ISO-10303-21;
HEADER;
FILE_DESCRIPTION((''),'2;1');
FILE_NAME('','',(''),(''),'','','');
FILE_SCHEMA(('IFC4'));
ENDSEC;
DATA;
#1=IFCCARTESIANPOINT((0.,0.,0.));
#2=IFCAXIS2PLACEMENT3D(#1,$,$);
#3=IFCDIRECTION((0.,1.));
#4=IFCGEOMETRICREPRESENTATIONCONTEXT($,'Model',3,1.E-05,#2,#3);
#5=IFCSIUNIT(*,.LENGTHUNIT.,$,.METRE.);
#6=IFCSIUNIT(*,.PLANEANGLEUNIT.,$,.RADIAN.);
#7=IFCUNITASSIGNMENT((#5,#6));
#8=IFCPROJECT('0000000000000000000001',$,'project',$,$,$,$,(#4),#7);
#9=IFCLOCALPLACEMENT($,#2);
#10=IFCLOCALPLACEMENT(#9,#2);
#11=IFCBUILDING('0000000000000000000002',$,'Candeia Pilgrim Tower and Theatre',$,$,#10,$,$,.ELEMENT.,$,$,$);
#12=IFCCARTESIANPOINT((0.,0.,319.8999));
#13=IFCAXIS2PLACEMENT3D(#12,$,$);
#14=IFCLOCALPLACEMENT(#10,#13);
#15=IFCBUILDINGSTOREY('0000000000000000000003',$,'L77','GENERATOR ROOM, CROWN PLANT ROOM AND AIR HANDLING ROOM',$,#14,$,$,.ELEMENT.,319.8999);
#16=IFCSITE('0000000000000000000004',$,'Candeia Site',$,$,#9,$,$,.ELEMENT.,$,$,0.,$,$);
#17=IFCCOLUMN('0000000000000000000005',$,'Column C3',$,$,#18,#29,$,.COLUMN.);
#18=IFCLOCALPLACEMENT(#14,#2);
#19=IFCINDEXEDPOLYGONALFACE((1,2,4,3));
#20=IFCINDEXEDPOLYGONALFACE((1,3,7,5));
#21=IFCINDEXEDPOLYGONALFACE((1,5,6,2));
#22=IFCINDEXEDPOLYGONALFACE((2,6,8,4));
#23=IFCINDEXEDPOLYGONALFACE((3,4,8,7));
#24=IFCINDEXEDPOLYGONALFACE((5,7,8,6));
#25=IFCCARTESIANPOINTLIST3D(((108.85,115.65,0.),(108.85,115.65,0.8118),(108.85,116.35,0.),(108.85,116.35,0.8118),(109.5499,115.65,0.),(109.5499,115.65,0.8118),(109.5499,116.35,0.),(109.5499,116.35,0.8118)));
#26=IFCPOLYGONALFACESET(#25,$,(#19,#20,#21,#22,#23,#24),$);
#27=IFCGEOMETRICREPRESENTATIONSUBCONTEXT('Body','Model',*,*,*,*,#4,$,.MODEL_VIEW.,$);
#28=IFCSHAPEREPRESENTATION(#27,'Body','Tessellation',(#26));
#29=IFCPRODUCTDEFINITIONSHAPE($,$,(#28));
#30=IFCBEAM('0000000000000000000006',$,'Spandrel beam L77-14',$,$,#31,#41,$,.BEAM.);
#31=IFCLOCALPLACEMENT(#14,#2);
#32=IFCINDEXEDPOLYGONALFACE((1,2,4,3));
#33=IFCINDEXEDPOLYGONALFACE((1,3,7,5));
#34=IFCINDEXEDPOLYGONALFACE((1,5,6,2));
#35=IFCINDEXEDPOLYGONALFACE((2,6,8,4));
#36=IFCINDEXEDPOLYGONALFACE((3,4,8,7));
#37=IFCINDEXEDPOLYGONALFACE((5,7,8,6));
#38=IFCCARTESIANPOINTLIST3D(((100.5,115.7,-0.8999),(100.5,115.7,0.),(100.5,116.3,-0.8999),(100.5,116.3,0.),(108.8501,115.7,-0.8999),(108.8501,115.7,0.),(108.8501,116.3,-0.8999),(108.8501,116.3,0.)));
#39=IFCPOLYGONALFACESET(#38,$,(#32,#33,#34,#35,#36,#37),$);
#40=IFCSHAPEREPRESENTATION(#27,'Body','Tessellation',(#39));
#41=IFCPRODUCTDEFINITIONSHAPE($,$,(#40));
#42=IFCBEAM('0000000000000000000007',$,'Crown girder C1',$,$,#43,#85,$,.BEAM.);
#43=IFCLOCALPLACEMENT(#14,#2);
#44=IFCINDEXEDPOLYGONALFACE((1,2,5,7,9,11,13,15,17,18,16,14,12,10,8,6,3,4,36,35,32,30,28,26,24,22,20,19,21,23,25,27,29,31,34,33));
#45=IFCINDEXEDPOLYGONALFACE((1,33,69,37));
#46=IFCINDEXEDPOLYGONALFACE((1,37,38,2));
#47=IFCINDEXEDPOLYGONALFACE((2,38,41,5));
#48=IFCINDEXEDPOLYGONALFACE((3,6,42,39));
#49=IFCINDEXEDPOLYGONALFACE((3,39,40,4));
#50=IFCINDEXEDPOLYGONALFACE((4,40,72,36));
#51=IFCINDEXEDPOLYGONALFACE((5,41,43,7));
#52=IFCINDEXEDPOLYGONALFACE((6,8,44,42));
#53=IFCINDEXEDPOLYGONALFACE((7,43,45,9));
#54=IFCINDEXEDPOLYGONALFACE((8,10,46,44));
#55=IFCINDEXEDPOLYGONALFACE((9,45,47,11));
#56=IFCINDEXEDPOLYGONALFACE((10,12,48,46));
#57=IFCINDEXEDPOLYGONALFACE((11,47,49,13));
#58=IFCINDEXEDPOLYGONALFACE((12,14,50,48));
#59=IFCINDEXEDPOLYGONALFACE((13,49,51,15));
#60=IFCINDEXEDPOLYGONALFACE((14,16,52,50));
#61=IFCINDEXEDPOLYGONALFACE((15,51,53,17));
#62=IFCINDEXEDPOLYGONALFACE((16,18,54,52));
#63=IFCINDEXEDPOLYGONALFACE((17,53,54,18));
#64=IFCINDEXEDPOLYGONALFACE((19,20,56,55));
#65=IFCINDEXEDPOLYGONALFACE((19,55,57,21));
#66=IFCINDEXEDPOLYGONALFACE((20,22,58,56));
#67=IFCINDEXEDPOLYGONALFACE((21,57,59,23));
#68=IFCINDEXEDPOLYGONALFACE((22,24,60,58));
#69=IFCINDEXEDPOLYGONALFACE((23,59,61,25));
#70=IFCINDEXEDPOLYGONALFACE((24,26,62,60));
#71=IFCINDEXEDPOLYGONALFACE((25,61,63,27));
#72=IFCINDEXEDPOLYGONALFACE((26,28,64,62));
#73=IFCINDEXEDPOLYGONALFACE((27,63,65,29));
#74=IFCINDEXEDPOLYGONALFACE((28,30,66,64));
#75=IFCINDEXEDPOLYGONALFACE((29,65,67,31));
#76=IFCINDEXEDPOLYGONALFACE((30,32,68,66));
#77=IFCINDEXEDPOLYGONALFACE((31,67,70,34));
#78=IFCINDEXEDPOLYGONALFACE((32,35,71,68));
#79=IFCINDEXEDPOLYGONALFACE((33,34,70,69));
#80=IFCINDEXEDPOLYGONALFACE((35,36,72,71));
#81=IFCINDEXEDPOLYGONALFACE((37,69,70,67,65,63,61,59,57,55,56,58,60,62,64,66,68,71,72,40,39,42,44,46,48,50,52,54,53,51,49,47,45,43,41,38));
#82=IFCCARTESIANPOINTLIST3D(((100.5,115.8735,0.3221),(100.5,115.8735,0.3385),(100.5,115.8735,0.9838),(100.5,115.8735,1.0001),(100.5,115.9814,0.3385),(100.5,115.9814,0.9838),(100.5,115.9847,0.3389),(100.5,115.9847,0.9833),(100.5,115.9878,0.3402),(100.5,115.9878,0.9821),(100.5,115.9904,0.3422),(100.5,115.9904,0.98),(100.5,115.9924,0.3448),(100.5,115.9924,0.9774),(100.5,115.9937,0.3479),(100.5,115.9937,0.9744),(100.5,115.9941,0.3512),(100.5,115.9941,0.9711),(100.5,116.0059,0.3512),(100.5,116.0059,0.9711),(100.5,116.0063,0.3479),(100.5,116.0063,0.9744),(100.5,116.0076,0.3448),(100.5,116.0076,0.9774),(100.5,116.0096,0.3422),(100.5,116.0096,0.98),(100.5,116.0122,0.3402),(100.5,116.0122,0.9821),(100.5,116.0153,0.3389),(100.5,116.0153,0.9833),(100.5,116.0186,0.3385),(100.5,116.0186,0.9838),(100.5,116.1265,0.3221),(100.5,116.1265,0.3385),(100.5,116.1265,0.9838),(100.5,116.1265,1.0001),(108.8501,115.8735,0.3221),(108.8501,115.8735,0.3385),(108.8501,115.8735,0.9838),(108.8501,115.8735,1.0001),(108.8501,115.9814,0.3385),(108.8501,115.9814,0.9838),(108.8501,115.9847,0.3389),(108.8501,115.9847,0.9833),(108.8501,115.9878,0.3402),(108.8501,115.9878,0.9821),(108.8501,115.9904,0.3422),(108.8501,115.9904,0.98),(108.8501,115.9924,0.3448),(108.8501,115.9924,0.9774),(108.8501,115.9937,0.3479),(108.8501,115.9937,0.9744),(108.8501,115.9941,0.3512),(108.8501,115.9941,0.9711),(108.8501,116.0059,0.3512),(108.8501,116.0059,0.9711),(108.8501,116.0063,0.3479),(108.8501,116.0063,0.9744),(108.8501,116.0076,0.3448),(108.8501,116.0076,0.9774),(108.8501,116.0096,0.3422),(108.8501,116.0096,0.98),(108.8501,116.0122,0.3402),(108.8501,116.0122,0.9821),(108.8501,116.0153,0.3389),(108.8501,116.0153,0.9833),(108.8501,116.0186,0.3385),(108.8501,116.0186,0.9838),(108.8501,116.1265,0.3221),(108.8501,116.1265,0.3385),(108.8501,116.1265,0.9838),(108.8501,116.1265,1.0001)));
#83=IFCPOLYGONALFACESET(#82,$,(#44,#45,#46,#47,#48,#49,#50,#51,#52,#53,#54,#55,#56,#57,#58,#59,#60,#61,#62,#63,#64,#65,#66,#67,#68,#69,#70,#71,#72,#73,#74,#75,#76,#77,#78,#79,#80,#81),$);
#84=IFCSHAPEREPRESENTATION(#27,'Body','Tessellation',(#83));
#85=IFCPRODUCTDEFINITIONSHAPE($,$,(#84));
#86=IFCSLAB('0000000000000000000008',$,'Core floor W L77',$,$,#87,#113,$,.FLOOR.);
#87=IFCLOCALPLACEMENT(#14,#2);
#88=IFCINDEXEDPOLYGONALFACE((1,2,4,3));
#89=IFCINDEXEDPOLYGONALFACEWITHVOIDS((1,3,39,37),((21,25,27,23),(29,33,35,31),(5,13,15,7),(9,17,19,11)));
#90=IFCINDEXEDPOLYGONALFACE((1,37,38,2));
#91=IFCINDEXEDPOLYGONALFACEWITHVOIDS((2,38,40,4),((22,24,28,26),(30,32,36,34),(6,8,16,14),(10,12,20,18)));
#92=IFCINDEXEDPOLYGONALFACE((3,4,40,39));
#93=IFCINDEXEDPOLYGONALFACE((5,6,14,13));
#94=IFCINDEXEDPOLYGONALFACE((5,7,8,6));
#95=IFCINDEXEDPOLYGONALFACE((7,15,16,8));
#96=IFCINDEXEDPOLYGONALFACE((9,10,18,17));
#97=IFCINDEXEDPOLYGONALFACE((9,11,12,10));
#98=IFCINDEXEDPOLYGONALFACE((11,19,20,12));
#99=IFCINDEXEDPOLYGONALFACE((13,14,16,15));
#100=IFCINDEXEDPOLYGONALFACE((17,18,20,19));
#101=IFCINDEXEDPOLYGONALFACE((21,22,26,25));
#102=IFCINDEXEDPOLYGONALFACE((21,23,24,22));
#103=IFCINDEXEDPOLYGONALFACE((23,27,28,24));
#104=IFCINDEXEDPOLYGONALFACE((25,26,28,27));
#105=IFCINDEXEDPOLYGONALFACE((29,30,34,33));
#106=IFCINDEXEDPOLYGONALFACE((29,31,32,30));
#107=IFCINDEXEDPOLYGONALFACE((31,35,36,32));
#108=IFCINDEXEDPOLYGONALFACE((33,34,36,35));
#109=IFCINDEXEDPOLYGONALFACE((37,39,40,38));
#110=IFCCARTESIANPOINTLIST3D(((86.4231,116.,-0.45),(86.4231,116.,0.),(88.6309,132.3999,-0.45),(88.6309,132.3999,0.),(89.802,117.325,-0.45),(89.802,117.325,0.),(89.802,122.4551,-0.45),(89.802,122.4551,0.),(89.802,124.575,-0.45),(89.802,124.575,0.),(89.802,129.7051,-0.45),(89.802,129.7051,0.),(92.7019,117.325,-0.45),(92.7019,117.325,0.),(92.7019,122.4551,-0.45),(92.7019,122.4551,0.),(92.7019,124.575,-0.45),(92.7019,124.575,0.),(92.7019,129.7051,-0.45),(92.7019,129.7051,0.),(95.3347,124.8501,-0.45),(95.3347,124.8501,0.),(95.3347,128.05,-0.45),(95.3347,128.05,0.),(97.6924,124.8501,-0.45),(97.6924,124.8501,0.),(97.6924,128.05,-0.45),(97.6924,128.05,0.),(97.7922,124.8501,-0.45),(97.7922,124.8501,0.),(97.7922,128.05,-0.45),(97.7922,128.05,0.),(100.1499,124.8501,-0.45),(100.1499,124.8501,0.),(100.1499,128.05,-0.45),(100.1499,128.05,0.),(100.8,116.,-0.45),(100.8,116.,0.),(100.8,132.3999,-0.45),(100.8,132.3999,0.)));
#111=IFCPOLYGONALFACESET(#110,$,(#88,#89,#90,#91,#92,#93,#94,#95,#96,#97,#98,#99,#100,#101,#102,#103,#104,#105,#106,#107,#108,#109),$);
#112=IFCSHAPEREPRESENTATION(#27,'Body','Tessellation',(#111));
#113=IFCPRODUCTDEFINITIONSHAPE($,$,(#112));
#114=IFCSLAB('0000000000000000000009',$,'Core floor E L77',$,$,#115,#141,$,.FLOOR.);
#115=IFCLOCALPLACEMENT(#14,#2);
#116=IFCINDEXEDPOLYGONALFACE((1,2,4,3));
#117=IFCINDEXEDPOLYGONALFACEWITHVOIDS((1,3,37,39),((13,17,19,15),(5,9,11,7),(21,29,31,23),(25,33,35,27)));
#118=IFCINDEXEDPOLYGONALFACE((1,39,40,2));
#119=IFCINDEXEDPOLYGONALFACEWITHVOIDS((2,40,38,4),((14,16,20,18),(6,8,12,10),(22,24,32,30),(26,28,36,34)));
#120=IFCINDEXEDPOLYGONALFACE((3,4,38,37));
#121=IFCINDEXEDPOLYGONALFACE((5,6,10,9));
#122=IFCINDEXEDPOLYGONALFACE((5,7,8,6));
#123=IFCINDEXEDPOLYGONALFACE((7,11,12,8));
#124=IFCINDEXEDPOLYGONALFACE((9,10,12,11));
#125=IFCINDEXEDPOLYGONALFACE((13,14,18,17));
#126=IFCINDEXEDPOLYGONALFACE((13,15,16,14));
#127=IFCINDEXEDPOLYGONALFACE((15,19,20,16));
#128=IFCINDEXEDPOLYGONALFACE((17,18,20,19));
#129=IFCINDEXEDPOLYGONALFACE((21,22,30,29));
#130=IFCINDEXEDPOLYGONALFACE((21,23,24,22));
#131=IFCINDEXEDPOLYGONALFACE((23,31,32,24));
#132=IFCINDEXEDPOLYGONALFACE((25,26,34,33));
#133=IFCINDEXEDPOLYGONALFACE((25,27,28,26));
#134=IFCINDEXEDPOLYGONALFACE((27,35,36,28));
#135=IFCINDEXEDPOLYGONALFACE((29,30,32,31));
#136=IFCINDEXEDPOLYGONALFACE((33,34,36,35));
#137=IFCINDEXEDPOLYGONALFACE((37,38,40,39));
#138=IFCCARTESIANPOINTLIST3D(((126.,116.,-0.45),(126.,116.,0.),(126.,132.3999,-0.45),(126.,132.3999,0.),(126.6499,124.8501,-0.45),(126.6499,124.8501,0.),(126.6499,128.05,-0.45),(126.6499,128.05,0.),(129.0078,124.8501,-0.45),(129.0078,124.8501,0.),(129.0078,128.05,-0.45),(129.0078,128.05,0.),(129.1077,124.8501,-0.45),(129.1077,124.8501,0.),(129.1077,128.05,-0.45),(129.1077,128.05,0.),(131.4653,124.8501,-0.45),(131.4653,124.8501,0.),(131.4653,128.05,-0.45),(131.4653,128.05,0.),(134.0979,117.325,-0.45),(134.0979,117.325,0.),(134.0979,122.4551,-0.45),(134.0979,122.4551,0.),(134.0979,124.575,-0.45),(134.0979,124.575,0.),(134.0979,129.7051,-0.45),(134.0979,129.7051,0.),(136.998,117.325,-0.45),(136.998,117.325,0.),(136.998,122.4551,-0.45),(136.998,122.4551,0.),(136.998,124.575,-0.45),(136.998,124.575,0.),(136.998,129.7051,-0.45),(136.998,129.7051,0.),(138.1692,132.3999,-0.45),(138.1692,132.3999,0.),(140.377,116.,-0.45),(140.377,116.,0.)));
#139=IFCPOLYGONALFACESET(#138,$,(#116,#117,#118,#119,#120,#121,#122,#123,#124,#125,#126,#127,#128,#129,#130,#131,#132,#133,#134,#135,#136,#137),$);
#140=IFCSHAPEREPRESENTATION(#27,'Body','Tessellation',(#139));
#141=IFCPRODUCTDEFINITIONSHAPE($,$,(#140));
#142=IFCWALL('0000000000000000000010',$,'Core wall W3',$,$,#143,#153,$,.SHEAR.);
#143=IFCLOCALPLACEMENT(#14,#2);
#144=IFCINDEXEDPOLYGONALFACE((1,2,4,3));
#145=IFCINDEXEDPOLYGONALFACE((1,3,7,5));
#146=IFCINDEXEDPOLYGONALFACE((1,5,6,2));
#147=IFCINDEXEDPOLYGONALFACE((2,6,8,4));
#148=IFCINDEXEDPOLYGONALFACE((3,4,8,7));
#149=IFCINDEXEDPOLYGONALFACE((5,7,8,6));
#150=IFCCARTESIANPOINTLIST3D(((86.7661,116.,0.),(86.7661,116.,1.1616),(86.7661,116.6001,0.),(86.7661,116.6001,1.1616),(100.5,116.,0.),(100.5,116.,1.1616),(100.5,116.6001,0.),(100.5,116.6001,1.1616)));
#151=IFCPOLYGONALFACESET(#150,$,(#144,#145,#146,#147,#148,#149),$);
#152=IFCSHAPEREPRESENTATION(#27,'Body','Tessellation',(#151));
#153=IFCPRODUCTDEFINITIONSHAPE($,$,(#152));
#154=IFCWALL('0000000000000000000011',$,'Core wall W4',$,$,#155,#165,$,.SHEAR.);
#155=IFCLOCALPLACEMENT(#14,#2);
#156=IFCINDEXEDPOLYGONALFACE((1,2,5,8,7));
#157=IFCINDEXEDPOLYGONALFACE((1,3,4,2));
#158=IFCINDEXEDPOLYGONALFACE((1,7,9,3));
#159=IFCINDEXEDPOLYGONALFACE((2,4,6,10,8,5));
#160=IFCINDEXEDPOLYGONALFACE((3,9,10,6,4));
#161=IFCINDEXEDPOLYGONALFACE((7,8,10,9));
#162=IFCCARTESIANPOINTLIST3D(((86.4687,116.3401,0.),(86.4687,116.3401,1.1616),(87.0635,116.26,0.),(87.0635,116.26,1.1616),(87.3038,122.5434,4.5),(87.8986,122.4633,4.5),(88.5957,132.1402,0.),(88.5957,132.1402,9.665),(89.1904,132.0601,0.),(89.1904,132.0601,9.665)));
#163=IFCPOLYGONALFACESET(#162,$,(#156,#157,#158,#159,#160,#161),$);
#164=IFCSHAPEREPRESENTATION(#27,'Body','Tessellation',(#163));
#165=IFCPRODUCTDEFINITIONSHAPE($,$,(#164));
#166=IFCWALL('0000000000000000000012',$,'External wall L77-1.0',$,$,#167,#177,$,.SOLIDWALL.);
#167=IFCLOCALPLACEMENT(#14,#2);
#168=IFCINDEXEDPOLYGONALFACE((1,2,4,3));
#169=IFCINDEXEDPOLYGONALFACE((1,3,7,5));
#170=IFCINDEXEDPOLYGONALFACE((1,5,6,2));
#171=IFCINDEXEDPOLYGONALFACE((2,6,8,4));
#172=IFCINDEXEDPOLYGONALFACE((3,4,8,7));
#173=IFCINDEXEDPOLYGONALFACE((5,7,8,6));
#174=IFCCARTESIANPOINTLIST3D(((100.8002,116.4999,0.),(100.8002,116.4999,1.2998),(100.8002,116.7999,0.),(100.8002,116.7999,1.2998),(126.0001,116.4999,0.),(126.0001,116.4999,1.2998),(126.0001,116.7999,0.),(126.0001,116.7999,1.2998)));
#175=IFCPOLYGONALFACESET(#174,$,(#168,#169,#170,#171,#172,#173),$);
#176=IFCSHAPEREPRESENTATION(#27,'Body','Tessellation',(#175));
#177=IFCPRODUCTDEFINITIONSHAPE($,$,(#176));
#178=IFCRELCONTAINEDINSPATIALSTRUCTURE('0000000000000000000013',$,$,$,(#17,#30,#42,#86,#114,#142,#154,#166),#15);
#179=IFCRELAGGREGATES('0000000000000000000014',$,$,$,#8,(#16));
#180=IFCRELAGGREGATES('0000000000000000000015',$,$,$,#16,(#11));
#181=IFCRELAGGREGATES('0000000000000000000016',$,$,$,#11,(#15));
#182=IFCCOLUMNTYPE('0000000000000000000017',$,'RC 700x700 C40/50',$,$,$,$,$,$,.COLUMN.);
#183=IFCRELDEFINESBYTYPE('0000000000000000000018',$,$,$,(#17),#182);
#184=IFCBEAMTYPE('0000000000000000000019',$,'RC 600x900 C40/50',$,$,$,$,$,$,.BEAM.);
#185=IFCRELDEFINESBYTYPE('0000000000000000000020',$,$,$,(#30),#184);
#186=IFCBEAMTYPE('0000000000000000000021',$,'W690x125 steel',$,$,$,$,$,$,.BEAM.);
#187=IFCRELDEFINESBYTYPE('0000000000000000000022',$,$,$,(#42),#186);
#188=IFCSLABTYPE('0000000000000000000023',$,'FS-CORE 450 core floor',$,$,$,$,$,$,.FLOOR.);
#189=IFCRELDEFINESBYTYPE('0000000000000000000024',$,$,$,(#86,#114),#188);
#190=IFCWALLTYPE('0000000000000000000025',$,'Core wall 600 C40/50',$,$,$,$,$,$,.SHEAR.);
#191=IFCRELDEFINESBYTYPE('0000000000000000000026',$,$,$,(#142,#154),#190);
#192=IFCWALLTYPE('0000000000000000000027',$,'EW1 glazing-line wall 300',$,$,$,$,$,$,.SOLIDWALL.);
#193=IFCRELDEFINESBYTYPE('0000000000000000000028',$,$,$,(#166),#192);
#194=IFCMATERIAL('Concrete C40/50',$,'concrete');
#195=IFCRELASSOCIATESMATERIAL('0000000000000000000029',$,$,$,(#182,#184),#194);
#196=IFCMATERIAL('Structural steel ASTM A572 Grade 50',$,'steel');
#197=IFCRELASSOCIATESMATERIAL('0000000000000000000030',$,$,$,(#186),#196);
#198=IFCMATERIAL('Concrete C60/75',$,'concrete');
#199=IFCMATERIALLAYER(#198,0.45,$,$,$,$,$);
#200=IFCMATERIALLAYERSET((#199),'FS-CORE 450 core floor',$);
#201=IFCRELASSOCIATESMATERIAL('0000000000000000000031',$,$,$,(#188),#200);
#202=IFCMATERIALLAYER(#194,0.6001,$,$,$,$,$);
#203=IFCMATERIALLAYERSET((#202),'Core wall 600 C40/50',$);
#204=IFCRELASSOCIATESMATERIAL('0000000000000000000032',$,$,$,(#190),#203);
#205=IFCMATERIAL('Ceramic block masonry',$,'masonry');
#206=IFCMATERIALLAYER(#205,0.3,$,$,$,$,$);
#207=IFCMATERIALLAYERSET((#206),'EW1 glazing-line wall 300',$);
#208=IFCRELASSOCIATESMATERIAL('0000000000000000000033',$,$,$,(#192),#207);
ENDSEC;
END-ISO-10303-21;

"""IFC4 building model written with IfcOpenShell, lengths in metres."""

from ifc_helpers import new_model, si_unit, direction, frame, frame_2d, origin, origin_2d, place, context, subcontext, project, spatial, polyline, rectangle, i_section, outline, extrude, material, layer, layer_set, material_profile, profile_set, type_object, element, save


model = new_model("IFC4")

# Units and contexts
model_context = context("Model", 3, precision=1e-05, world=origin(), true_north=direction((0.0, 1.0)))
body_context = subcontext(model_context, "Body", "Model", "MODEL_VIEW")
ifc_project = project(units=[si_unit("LENGTHUNIT", "METRE"), si_unit("PLANEANGLEUNIT", "RADIAN")], contexts=[model_context])

# Site, building, storey
site_placement = place(None, origin())
site = spatial("IfcSite", under=ifc_project, at=site_placement, Name="Candeia Site", CompositionType="ELEMENT", RefElevation=0.0)
building_placement = place(site_placement, origin())
building = spatial("IfcBuilding", under=site, at=building_placement, Name="Candeia Pilgrim Tower and Theatre", CompositionType="ELEMENT")
storey_placement = place(building_placement, frame((0.0, 0.0, 319.8999)))
storey = spatial("IfcBuildingStorey", under=building, at=storey_placement, Name="L77", Description="GENERATOR ROOM, CROWN PLANT ROOM AND AIR HANDLING ROOM", CompositionType="ELEMENT", Elevation=319.8999)

# Column
ifc_material_1 = material(Name="Concrete C40/50", Category="concrete")
ifc_material_profile_1 = material_profile(ifc_material_1, rectangle(XDim=0.7, YDim=0.7, at=origin_2d()))
ifc_profile_set_1 = profile_set([ifc_material_profile_1], Name="Concrete C40/50")
column_type = type_object("IfcColumnType", Name="RC 700x700 C40/50", PredefinedType="COLUMN", material=ifc_profile_set_1)
column_placement = place(storey_placement, frame((109.2, 116.0, 0.0), z_axis=(0.0, 0.0, 1.0), x_axis=(1.0, 0.0, 0.0)))
element("IfcColumn", 1, at=column_placement, inside=storey, type_object=column_type, Name="Column C3", PredefinedType="COLUMN", context=body_context, shape_type="SweptSolid", body=[
    extrude(rectangle(XDim=0.7, YDim=0.7, at=origin_2d()), origin(), (0.0, 0.0, 1.0), 0.8118),
])

# Beams
ifc_material_profile_2 = material_profile(ifc_material_1, rectangle(XDim=0.6001, YDim=0.8999, at=origin_2d()))
ifc_profile_set_2 = profile_set([ifc_material_profile_2], Name="Concrete C40/50")
beam_type_1 = type_object("IfcBeamType", Name="RC 600x900 C40/50", PredefinedType="BEAM", material=ifc_profile_set_2)
beam_1_placement = place(storey_placement, frame((108.8501, 116.0, -0.45), z_axis=(-1.0, 0.0, 0.0), x_axis=(0.0, -1.0, 0.0)))
element("IfcBeam", 2, at=beam_1_placement, inside=storey, type_object=beam_type_1, Name="Spandrel beam L77-14", PredefinedType="BEAM", context=body_context, shape_type="SweptSolid", body=[
    extrude(rectangle(XDim=0.6001, YDim=0.8999, at=origin_2d()), origin(), (0.0, 0.0, 1.0), 8.3501),
])
ifc_material_2 = material(Name="Structural steel ASTM A572 Grade 50", Category="steel")
ifc_material_profile_3 = material_profile(ifc_material_2, i_section(OverallWidth=0.2529, OverallDepth=0.678, WebThickness=0.0117, FlangeThickness=0.0164, FilletRadius=0.0127, at=origin_2d()))
ifc_profile_set_3 = profile_set([ifc_material_profile_3], Name="Structural steel ASTM A572 Grade 50")
beam_type_2 = type_object("IfcBeamType", Name="W690x125 steel", PredefinedType="BEAM", material=ifc_profile_set_3)
beam_2_placement = place(storey_placement, frame((100.5, 116.0, 0.6611), z_axis=(1.0, 0.0, 0.0), x_axis=(0.0, 1.0, 0.0)))
element("IfcBeam", 3, at=beam_2_placement, inside=storey, type_object=beam_type_2, Name="Crown girder C1", PredefinedType="BEAM", context=body_context, shape_type="SweptSolid", body=[
    extrude(i_section(OverallWidth=0.2529, OverallDepth=0.678, WebThickness=0.0117, FlangeThickness=0.0164, FilletRadius=0.0127, at=origin_2d()), origin(), (0.0, 0.0, 1.0), 8.3501),
])

# Slabs
ifc_material_3 = material(Name="Concrete C60/75", Category="concrete")
ifc_layer_1 = layer(ifc_material_3, 0.45)
ifc_layer_set_1 = layer_set([ifc_layer_1], Name="FS-CORE 450 core floor")
slab_type_1 = type_object("IfcSlabType", Name="FS-CORE 450 core floor", PredefinedType="FLOOR", material=ifc_layer_set_1)
slab_1_placement = place(storey_placement, frame((0.0, 0.0, -0.45)))
element("IfcSlab", 4, at=slab_1_placement, inside=storey, type_object=slab_type_1, Name="Core floor W L77", PredefinedType="FLOOR", context=body_context, shape_type="SweptSolid", body=[
    extrude(outline(polyline([(100.8, 132.3999), (100.8, 116.0), (86.4231, 116.0), (88.6309, 132.3999), (100.8, 132.3999)]), holes=[polyline([(97.7922, 124.8501), (100.1499, 124.8501), (100.1499, 128.05), (97.7922, 128.05), (97.7922, 124.8501)]), polyline([(95.3347, 124.8501), (97.6924, 124.8501), (97.6924, 128.05), (95.3347, 128.05), (95.3347, 124.8501)]), polyline([(89.802, 117.325), (92.7019, 117.325), (92.7019, 122.4551), (89.802, 122.4551), (89.802, 117.325)]), polyline([(89.802, 124.575), (92.7019, 124.575), (92.7019, 129.7051), (89.802, 129.7051), (89.802, 124.575)])]), origin(), (0.0, 0.0, 1.0), 0.45),
])
slab_2_placement = place(storey_placement, frame((0.0, 0.0, -0.45)))
element("IfcSlab", 5, at=slab_2_placement, inside=storey, type_object=slab_type_1, Name="Core floor E L77", PredefinedType="FLOOR", context=body_context, shape_type="SweptSolid", body=[
    extrude(outline(polyline([(138.1692, 132.3999), (140.377, 116.0), (126.0, 116.0), (126.0, 132.3999), (138.1692, 132.3999)]), holes=[polyline([(134.0979, 117.325), (136.998, 117.325), (136.998, 122.4551), (134.0979, 122.4551), (134.0979, 117.325)]), polyline([(134.0979, 124.575), (136.998, 124.575), (136.998, 129.7051), (134.0979, 129.7051), (134.0979, 124.575)]), polyline([(129.1077, 128.05), (129.1077, 124.8501), (131.4653, 124.8501), (131.4653, 128.05), (129.1077, 128.05)]), polyline([(126.6499, 128.05), (126.6499, 124.8501), (129.0078, 124.8501), (129.0078, 128.05), (126.6499, 128.05)])]), origin(), (0.0, 0.0, 1.0), 0.45),
])

# Walls
ifc_layer_2 = layer(ifc_material_1, 0.6001)
ifc_layer_set_2 = layer_set([ifc_layer_2], Name="Core wall 600 C40/50")
wall_type_1 = type_object("IfcWallType", Name="Core wall 600 C40/50", PredefinedType="SHEAR", material=ifc_layer_set_2)
wall_1_placement = place(storey_placement, frame((100.5, 116.3, 0.0), z_axis=(0.0, 0.0, 1.0), x_axis=(-1.0, 0.0, 0.0)))
element("IfcWall", 6, at=wall_1_placement, inside=storey, type_object=wall_type_1, Name="Core wall W3", PredefinedType="SHEAR", context=body_context, shape_type="SweptSolid", body=[
    extrude(outline(polyline([(0.0, 0.0), (13.7339, 0.0), (13.7339, 1.1616), (0.0, 1.1616), (0.0, 0.0)])), frame((0.0, 0.3, 0.0), z_axis=(0.0, -1.0, 0.0), x_axis=(1.0, 0.0, 0.0)), (0.0, 0.0, 1.0), 0.6001),
])
wall_2_placement = place(storey_placement, frame((86.7661, 116.3, 0.0), z_axis=(0.0, 0.0, 1.0), x_axis=(0.133413, 0.99106, 0.0)))
element("IfcWall", 7, at=wall_2_placement, inside=storey, type_object=wall_type_1, Name="Core wall W4", PredefinedType="SHEAR", context=body_context, shape_type="SweptSolid", body=[
    extrude(outline(polyline([(0.0, 0.0), (15.9426, 0.0), (15.9426, 9.665), (6.2593, 4.5), (0.0, 1.1616), (0.0, 0.0)])), frame((0.0, 0.3, 0.0), z_axis=(0.0, -1.0, 0.0), x_axis=(1.0, 0.0, 0.0)), (0.0, 0.0, 1.0), 0.6001),
])
ifc_material_4 = material(Name="Ceramic block masonry", Category="masonry")
ifc_layer_3 = layer(ifc_material_4, 0.3)
ifc_layer_set_3 = layer_set([ifc_layer_3], Name="EW1 glazing-line wall 300")
wall_type_2 = type_object("IfcWallType", Name="EW1 glazing-line wall 300", PredefinedType="SOLIDWALL", material=ifc_layer_set_3)
wall_3_placement = place(storey_placement, frame((100.8, 116.6499, 0.0), z_axis=(0.0, 0.0, 1.0), x_axis=(1.0, 0.0, 0.0)))
element("IfcWall", 8, at=wall_3_placement, inside=storey, type_object=wall_type_2, Name="External wall L77-1.0", PredefinedType="SOLIDWALL", context=body_context, shape_type="SweptSolid", body=[
    extrude(rectangle(XDim=25.2, YDim=0.3, at=frame_2d((12.6001, 0.0))), origin(), (0.0, 0.0, 1.0), 1.2998),
])

save(model, "model.ifc")
